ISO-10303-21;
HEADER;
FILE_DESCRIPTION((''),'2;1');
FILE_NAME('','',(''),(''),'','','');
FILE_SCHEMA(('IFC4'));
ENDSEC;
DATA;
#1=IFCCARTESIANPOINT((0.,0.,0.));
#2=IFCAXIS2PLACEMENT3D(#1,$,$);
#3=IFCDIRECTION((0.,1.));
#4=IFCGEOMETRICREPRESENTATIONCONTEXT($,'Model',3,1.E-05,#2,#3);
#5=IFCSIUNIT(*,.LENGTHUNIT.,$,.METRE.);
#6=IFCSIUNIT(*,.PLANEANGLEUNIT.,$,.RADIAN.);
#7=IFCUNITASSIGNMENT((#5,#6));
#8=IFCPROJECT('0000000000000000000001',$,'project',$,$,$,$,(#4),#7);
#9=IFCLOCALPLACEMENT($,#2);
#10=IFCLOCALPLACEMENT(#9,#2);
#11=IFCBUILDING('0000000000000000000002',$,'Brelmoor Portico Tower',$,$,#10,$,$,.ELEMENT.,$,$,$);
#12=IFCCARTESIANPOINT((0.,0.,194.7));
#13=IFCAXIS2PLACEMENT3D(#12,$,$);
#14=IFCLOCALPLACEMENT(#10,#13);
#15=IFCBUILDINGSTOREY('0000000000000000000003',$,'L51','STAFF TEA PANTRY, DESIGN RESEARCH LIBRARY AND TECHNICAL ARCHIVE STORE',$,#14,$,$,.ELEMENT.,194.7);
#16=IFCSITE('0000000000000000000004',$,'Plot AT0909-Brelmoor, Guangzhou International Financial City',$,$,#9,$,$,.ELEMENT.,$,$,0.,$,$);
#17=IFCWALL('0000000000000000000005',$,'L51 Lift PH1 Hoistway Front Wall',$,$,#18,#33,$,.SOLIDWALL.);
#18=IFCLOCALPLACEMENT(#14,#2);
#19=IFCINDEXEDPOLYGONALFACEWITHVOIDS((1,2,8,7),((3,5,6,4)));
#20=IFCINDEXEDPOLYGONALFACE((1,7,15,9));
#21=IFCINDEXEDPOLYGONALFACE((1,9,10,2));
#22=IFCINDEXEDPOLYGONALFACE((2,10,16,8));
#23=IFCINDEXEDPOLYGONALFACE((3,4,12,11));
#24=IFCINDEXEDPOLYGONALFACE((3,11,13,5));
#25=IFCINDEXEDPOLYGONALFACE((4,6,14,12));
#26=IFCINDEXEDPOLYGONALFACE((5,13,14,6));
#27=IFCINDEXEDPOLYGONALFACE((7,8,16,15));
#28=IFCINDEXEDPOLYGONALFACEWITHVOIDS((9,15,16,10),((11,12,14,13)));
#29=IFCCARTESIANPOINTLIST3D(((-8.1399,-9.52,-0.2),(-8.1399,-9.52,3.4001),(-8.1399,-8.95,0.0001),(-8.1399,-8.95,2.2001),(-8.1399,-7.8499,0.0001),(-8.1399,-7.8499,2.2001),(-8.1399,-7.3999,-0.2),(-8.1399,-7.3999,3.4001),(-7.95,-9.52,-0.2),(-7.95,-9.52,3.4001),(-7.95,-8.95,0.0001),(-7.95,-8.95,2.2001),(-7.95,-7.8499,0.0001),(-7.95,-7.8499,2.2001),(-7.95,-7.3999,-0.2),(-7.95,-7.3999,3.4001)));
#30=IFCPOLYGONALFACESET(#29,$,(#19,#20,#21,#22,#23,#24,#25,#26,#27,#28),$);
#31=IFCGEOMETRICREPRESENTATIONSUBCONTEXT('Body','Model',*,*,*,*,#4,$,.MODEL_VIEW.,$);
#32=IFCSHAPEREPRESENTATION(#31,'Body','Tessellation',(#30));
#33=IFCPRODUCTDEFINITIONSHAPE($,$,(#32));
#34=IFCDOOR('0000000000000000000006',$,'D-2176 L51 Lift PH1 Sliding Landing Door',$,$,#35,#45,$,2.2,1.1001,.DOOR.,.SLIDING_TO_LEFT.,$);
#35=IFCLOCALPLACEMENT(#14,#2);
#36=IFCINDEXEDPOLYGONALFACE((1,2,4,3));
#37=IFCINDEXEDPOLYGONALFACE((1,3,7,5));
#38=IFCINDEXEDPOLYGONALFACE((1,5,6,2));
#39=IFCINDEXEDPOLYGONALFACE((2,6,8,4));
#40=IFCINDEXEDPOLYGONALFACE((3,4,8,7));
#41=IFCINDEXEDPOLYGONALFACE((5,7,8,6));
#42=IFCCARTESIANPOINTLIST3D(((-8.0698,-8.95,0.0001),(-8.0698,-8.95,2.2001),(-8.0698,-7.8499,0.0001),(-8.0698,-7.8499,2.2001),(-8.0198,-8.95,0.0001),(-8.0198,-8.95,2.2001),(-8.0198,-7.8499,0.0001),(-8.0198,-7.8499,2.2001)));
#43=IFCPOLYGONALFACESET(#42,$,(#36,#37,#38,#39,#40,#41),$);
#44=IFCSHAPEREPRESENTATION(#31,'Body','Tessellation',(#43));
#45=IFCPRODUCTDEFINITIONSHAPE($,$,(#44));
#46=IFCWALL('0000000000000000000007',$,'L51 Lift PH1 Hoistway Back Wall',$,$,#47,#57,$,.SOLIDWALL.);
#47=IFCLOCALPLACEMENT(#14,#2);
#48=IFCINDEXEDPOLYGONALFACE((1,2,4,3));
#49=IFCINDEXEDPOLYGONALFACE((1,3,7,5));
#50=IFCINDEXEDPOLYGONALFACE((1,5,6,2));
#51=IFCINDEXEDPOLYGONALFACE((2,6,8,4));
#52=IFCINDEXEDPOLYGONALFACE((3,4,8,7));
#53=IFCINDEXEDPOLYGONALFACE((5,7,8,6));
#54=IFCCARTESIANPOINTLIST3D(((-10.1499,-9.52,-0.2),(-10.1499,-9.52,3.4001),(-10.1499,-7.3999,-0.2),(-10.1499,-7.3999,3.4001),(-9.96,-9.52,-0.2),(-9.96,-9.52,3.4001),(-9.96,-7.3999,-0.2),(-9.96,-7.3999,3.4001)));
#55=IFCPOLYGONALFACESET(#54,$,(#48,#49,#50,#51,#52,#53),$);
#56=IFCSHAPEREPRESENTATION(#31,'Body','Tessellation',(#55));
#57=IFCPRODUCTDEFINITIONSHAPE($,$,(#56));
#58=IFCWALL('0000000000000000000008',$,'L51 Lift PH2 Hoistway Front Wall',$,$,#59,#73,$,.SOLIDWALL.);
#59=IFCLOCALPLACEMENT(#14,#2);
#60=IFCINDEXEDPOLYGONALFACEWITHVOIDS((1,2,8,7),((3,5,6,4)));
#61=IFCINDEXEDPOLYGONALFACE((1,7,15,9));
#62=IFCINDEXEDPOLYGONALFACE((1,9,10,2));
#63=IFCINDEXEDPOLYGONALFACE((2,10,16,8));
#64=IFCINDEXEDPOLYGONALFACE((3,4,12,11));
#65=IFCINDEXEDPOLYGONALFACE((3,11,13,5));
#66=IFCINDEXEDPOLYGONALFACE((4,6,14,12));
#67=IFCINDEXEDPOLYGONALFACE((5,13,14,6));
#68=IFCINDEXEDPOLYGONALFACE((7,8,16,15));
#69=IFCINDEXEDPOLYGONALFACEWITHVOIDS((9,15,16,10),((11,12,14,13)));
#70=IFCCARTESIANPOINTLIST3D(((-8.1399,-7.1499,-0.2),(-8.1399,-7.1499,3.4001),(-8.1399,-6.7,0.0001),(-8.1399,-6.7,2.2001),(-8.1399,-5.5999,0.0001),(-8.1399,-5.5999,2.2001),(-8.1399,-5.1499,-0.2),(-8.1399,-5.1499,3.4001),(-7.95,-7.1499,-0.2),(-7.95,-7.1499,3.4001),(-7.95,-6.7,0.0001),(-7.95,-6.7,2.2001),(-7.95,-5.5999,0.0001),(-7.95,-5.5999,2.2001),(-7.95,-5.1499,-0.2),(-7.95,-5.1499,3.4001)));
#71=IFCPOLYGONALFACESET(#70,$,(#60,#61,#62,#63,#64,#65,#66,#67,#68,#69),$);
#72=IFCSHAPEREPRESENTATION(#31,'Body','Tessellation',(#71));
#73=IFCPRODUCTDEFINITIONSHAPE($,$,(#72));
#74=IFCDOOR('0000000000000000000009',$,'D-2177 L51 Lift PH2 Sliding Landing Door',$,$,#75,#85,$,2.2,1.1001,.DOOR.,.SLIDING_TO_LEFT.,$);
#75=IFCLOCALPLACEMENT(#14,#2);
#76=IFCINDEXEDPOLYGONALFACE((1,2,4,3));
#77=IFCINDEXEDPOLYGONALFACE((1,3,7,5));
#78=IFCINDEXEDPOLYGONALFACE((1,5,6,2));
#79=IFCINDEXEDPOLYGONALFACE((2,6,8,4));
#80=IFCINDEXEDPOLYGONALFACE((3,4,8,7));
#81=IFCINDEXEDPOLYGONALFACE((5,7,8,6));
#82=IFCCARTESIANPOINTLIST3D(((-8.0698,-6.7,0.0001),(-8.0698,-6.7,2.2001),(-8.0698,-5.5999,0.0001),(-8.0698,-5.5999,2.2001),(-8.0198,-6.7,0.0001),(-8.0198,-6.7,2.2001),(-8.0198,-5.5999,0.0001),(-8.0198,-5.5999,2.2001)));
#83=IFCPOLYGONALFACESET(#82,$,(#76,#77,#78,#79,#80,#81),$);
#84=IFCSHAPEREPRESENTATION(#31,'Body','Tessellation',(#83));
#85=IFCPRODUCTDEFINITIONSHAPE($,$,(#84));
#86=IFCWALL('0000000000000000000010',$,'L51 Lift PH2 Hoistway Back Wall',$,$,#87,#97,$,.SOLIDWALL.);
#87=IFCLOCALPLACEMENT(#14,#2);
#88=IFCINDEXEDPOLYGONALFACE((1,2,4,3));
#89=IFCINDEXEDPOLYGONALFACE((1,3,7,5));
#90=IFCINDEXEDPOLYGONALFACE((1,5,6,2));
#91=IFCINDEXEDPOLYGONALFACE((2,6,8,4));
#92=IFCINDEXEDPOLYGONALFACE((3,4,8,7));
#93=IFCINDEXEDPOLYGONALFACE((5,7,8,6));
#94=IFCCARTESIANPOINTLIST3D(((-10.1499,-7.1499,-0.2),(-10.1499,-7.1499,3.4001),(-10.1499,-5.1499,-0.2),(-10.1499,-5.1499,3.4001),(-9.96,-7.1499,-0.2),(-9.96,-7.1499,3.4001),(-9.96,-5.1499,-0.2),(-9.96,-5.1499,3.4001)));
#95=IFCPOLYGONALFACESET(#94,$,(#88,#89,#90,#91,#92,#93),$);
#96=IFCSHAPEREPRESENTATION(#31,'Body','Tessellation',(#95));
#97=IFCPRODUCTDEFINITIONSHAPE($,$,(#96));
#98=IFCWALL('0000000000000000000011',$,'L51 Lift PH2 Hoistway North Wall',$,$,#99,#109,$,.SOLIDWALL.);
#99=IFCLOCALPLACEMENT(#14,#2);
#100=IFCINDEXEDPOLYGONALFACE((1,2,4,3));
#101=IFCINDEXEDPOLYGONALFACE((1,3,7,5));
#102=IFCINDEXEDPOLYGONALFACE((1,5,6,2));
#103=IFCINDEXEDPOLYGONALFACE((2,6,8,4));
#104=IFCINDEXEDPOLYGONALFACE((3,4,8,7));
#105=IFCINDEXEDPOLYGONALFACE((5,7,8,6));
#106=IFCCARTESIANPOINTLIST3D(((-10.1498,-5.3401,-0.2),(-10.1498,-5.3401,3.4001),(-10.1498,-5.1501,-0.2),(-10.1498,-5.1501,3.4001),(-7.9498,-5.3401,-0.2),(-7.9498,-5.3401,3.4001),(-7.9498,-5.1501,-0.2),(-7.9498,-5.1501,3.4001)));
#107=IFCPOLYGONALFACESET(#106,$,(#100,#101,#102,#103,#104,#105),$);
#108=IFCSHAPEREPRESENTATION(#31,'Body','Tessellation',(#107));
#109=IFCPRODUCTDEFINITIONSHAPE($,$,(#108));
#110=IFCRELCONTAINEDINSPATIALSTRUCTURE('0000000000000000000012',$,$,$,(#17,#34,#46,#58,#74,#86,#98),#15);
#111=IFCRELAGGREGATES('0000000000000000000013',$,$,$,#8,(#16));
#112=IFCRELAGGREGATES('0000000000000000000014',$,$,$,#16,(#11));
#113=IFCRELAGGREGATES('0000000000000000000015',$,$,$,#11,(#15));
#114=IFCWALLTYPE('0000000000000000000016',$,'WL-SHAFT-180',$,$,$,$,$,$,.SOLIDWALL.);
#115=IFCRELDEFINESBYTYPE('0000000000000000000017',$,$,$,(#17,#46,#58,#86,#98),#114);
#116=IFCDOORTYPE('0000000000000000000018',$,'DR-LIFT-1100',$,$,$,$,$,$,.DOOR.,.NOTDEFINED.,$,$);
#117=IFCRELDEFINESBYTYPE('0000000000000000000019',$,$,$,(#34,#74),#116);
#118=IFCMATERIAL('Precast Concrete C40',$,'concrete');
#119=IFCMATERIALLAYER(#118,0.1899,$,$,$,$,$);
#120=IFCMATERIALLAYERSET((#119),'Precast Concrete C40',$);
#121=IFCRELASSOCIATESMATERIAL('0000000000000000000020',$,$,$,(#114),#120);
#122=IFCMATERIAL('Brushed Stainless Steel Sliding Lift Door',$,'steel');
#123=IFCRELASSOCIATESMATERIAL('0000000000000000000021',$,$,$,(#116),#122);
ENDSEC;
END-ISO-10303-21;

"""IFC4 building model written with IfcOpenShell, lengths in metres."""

from ifc_helpers import new_model, si_unit, direction, frame, frame_2d, origin, place, context, subcontext, project, spatial, rectangle, extrude, material, layer, layer_set, type_object, element, fill, save


model = new_model("IFC4")

# Units and contexts
model_context = context("Model", 3, precision=1e-05, world=origin(), true_north=direction((0.0, 1.0)))
body_context = subcontext(model_context, "Body", "Model", "MODEL_VIEW")
ifc_project = project(units=[si_unit("LENGTHUNIT", "METRE"), si_unit("PLANEANGLEUNIT", "RADIAN")], contexts=[model_context])

# Site, building, storey
site_placement = place(None, origin())
site = spatial("IfcSite", under=ifc_project, at=site_placement, Name="Plot AT0909-Brelmoor, Guangzhou International Financial City", CompositionType="ELEMENT", RefElevation=0.0)
building_placement = place(site_placement, origin())
building = spatial("IfcBuilding", under=site, at=building_placement, Name="Brelmoor Portico Tower", CompositionType="ELEMENT")
storey_placement = place(building_placement, frame((0.0, 0.0, 194.7)))
storey = spatial("IfcBuildingStorey", under=building, at=storey_placement, Name="L51", Description="STAFF TEA PANTRY, DESIGN RESEARCH LIBRARY AND TECHNICAL ARCHIVE STORE", CompositionType="ELEMENT", Elevation=194.7)

# Wall, opening, door
ifc_material_1 = material(Name="Precast Concrete C40", Category="concrete")
ifc_layer_1 = layer(ifc_material_1, 0.1899)
ifc_layer_set_1 = layer_set([ifc_layer_1], Name="Precast Concrete C40")
wall_type_1 = type_object("IfcWallType", Name="WL-SHAFT-180", PredefinedType="SOLIDWALL", material=ifc_layer_set_1)
wall_1_placement = place(storey_placement, frame((-8.0449, -9.52, -0.2), z_axis=(0.0, 0.0, 1.0), x_axis=(0.0, 1.0, 0.0)))
wall_1 = element("IfcWall", 1, at=wall_1_placement, inside=storey, type_object=wall_type_1, Name="L51 Lift PH1 Hoistway Front Wall", PredefinedType="SOLIDWALL", context=body_context, shape_type="SweptSolid", body=[
    extrude(rectangle(XDim=2.1201, YDim=0.1899, at=frame_2d((1.0601, 0.0))), origin(), (0.0, 0.0, 1.0), 3.6001),
])
opening_1_placement = place(wall_1_placement, frame((0.5701, 0.0, 0.2)))
opening_1 = element("IfcOpeningElement", 2, at=opening_1_placement, cuts=wall_1, PredefinedType="OPENING", context=body_context, shape_type="SweptSolid", body=[
    extrude(rectangle(XDim=1.1001, YDim=2.2, at=frame_2d((0.55, 1.1001))), frame((0.0, 0.105, 0.0), z_axis=(0.0, -1.0, 0.0), x_axis=(1.0, 0.0, 0.0)), (0.0, 0.0, 1.0), 0.21),
])
ifc_material_2 = material(Name="Brushed Stainless Steel Sliding Lift Door", Category="steel")
door_type_1 = type_object("IfcDoorType", Name="DR-LIFT-1100", OperationType="NOTDEFINED", PredefinedType="DOOR", material=ifc_material_2)
door_1_placement = place(opening_1_placement, origin())
door_1 = element("IfcDoor", 3, at=door_1_placement, inside=storey, type_object=door_type_1, Name="D-2176 L51 Lift PH1 Sliding Landing Door", OperationType="SLIDING_TO_LEFT", OverallHeight=2.2, OverallWidth=1.1001, PredefinedType="DOOR", context=body_context, shape_type="SweptSolid", body=[
    extrude(rectangle(XDim=1.1001, YDim=2.2, at=frame_2d((0.55, 1.1001))), frame((0.0, 0.0249, 0.0), z_axis=(0.0, -1.0, 0.0), x_axis=(1.0, 0.0, 0.0)), (0.0, 0.0, 1.0), 0.05),
])
fill(opening_1, door_1)

# Wall
wall_2_placement = place(storey_placement, frame((-10.0549, -9.52, -0.2), z_axis=(0.0, 0.0, 1.0), x_axis=(0.0, 1.0, 0.0)))
element("IfcWall", 4, at=wall_2_placement, inside=storey, type_object=wall_type_1, Name="L51 Lift PH1 Hoistway Back Wall", PredefinedType="SOLIDWALL", context=body_context, shape_type="SweptSolid", body=[
    extrude(rectangle(XDim=2.1201, YDim=0.1899, at=frame_2d((1.0601, 0.0))), origin(), (0.0, 0.0, 1.0), 3.6001),
])

# Wall, opening, door
wall_3_placement = place(storey_placement, frame((-8.0449, -7.1499, -0.2), z_axis=(0.0, 0.0, 1.0), x_axis=(0.0, 1.0, 0.0)))
wall_3 = element("IfcWall", 5, at=wall_3_placement, inside=storey, type_object=wall_type_1, Name="L51 Lift PH2 Hoistway Front Wall", PredefinedType="SOLIDWALL", context=body_context, shape_type="SweptSolid", body=[
    extrude(rectangle(XDim=2.0, YDim=0.1899, at=frame_2d((1.0, 0.0))), origin(), (0.0, 0.0, 1.0), 3.6001),
])
opening_2_placement = place(wall_3_placement, frame((0.45, 0.0, 0.2)))
opening_2 = element("IfcOpeningElement", 6, at=opening_2_placement, cuts=wall_3, PredefinedType="OPENING", context=body_context, shape_type="SweptSolid", body=[
    extrude(rectangle(XDim=1.1001, YDim=2.2, at=frame_2d((0.55, 1.1001))), frame((0.0, 0.105, 0.0), z_axis=(0.0, -1.0, 0.0), x_axis=(1.0, 0.0, 0.0)), (0.0, 0.0, 1.0), 0.21),
])
door_2_placement = place(opening_2_placement, origin())
door_2 = element("IfcDoor", 7, at=door_2_placement, inside=storey, type_object=door_type_1, Name="D-2177 L51 Lift PH2 Sliding Landing Door", OperationType="SLIDING_TO_LEFT", OverallHeight=2.2, OverallWidth=1.1001, PredefinedType="DOOR", context=body_context, shape_type="SweptSolid", body=[
    extrude(rectangle(XDim=1.1001, YDim=2.2, at=frame_2d((0.55, 1.1001))), frame((0.0, 0.0249, 0.0), z_axis=(0.0, -1.0, 0.0), x_axis=(1.0, 0.0, 0.0)), (0.0, 0.0, 1.0), 0.05),
])
fill(opening_2, door_2)

# Walls
wall_4_placement = place(storey_placement, frame((-10.0549, -7.1499, -0.2), z_axis=(0.0, 0.0, 1.0), x_axis=(0.0, 1.0, 0.0)))
element("IfcWall", 8, at=wall_4_placement, inside=storey, type_object=wall_type_1, Name="L51 Lift PH2 Hoistway Back Wall", PredefinedType="SOLIDWALL", context=body_context, shape_type="SweptSolid", body=[
    extrude(rectangle(XDim=2.0, YDim=0.1899, at=frame_2d((1.0, 0.0))), origin(), (0.0, 0.0, 1.0), 3.6001),
])
wall_5_placement = place(storey_placement, frame((-10.1499, -5.2451, -0.2), z_axis=(0.0, 0.0, 1.0), x_axis=(1.0, 0.0, 0.0)))
element("IfcWall", 9, at=wall_5_placement, inside=storey, type_object=wall_type_1, Name="L51 Lift PH2 Hoistway North Wall", PredefinedType="SOLIDWALL", context=body_context, shape_type="SweptSolid", body=[
    extrude(rectangle(XDim=2.2, YDim=0.1899, at=frame_2d((1.1001, 0.0))), origin(), (0.0, 0.0, 1.0), 3.6001),
])

save(model, "model.ifc")
